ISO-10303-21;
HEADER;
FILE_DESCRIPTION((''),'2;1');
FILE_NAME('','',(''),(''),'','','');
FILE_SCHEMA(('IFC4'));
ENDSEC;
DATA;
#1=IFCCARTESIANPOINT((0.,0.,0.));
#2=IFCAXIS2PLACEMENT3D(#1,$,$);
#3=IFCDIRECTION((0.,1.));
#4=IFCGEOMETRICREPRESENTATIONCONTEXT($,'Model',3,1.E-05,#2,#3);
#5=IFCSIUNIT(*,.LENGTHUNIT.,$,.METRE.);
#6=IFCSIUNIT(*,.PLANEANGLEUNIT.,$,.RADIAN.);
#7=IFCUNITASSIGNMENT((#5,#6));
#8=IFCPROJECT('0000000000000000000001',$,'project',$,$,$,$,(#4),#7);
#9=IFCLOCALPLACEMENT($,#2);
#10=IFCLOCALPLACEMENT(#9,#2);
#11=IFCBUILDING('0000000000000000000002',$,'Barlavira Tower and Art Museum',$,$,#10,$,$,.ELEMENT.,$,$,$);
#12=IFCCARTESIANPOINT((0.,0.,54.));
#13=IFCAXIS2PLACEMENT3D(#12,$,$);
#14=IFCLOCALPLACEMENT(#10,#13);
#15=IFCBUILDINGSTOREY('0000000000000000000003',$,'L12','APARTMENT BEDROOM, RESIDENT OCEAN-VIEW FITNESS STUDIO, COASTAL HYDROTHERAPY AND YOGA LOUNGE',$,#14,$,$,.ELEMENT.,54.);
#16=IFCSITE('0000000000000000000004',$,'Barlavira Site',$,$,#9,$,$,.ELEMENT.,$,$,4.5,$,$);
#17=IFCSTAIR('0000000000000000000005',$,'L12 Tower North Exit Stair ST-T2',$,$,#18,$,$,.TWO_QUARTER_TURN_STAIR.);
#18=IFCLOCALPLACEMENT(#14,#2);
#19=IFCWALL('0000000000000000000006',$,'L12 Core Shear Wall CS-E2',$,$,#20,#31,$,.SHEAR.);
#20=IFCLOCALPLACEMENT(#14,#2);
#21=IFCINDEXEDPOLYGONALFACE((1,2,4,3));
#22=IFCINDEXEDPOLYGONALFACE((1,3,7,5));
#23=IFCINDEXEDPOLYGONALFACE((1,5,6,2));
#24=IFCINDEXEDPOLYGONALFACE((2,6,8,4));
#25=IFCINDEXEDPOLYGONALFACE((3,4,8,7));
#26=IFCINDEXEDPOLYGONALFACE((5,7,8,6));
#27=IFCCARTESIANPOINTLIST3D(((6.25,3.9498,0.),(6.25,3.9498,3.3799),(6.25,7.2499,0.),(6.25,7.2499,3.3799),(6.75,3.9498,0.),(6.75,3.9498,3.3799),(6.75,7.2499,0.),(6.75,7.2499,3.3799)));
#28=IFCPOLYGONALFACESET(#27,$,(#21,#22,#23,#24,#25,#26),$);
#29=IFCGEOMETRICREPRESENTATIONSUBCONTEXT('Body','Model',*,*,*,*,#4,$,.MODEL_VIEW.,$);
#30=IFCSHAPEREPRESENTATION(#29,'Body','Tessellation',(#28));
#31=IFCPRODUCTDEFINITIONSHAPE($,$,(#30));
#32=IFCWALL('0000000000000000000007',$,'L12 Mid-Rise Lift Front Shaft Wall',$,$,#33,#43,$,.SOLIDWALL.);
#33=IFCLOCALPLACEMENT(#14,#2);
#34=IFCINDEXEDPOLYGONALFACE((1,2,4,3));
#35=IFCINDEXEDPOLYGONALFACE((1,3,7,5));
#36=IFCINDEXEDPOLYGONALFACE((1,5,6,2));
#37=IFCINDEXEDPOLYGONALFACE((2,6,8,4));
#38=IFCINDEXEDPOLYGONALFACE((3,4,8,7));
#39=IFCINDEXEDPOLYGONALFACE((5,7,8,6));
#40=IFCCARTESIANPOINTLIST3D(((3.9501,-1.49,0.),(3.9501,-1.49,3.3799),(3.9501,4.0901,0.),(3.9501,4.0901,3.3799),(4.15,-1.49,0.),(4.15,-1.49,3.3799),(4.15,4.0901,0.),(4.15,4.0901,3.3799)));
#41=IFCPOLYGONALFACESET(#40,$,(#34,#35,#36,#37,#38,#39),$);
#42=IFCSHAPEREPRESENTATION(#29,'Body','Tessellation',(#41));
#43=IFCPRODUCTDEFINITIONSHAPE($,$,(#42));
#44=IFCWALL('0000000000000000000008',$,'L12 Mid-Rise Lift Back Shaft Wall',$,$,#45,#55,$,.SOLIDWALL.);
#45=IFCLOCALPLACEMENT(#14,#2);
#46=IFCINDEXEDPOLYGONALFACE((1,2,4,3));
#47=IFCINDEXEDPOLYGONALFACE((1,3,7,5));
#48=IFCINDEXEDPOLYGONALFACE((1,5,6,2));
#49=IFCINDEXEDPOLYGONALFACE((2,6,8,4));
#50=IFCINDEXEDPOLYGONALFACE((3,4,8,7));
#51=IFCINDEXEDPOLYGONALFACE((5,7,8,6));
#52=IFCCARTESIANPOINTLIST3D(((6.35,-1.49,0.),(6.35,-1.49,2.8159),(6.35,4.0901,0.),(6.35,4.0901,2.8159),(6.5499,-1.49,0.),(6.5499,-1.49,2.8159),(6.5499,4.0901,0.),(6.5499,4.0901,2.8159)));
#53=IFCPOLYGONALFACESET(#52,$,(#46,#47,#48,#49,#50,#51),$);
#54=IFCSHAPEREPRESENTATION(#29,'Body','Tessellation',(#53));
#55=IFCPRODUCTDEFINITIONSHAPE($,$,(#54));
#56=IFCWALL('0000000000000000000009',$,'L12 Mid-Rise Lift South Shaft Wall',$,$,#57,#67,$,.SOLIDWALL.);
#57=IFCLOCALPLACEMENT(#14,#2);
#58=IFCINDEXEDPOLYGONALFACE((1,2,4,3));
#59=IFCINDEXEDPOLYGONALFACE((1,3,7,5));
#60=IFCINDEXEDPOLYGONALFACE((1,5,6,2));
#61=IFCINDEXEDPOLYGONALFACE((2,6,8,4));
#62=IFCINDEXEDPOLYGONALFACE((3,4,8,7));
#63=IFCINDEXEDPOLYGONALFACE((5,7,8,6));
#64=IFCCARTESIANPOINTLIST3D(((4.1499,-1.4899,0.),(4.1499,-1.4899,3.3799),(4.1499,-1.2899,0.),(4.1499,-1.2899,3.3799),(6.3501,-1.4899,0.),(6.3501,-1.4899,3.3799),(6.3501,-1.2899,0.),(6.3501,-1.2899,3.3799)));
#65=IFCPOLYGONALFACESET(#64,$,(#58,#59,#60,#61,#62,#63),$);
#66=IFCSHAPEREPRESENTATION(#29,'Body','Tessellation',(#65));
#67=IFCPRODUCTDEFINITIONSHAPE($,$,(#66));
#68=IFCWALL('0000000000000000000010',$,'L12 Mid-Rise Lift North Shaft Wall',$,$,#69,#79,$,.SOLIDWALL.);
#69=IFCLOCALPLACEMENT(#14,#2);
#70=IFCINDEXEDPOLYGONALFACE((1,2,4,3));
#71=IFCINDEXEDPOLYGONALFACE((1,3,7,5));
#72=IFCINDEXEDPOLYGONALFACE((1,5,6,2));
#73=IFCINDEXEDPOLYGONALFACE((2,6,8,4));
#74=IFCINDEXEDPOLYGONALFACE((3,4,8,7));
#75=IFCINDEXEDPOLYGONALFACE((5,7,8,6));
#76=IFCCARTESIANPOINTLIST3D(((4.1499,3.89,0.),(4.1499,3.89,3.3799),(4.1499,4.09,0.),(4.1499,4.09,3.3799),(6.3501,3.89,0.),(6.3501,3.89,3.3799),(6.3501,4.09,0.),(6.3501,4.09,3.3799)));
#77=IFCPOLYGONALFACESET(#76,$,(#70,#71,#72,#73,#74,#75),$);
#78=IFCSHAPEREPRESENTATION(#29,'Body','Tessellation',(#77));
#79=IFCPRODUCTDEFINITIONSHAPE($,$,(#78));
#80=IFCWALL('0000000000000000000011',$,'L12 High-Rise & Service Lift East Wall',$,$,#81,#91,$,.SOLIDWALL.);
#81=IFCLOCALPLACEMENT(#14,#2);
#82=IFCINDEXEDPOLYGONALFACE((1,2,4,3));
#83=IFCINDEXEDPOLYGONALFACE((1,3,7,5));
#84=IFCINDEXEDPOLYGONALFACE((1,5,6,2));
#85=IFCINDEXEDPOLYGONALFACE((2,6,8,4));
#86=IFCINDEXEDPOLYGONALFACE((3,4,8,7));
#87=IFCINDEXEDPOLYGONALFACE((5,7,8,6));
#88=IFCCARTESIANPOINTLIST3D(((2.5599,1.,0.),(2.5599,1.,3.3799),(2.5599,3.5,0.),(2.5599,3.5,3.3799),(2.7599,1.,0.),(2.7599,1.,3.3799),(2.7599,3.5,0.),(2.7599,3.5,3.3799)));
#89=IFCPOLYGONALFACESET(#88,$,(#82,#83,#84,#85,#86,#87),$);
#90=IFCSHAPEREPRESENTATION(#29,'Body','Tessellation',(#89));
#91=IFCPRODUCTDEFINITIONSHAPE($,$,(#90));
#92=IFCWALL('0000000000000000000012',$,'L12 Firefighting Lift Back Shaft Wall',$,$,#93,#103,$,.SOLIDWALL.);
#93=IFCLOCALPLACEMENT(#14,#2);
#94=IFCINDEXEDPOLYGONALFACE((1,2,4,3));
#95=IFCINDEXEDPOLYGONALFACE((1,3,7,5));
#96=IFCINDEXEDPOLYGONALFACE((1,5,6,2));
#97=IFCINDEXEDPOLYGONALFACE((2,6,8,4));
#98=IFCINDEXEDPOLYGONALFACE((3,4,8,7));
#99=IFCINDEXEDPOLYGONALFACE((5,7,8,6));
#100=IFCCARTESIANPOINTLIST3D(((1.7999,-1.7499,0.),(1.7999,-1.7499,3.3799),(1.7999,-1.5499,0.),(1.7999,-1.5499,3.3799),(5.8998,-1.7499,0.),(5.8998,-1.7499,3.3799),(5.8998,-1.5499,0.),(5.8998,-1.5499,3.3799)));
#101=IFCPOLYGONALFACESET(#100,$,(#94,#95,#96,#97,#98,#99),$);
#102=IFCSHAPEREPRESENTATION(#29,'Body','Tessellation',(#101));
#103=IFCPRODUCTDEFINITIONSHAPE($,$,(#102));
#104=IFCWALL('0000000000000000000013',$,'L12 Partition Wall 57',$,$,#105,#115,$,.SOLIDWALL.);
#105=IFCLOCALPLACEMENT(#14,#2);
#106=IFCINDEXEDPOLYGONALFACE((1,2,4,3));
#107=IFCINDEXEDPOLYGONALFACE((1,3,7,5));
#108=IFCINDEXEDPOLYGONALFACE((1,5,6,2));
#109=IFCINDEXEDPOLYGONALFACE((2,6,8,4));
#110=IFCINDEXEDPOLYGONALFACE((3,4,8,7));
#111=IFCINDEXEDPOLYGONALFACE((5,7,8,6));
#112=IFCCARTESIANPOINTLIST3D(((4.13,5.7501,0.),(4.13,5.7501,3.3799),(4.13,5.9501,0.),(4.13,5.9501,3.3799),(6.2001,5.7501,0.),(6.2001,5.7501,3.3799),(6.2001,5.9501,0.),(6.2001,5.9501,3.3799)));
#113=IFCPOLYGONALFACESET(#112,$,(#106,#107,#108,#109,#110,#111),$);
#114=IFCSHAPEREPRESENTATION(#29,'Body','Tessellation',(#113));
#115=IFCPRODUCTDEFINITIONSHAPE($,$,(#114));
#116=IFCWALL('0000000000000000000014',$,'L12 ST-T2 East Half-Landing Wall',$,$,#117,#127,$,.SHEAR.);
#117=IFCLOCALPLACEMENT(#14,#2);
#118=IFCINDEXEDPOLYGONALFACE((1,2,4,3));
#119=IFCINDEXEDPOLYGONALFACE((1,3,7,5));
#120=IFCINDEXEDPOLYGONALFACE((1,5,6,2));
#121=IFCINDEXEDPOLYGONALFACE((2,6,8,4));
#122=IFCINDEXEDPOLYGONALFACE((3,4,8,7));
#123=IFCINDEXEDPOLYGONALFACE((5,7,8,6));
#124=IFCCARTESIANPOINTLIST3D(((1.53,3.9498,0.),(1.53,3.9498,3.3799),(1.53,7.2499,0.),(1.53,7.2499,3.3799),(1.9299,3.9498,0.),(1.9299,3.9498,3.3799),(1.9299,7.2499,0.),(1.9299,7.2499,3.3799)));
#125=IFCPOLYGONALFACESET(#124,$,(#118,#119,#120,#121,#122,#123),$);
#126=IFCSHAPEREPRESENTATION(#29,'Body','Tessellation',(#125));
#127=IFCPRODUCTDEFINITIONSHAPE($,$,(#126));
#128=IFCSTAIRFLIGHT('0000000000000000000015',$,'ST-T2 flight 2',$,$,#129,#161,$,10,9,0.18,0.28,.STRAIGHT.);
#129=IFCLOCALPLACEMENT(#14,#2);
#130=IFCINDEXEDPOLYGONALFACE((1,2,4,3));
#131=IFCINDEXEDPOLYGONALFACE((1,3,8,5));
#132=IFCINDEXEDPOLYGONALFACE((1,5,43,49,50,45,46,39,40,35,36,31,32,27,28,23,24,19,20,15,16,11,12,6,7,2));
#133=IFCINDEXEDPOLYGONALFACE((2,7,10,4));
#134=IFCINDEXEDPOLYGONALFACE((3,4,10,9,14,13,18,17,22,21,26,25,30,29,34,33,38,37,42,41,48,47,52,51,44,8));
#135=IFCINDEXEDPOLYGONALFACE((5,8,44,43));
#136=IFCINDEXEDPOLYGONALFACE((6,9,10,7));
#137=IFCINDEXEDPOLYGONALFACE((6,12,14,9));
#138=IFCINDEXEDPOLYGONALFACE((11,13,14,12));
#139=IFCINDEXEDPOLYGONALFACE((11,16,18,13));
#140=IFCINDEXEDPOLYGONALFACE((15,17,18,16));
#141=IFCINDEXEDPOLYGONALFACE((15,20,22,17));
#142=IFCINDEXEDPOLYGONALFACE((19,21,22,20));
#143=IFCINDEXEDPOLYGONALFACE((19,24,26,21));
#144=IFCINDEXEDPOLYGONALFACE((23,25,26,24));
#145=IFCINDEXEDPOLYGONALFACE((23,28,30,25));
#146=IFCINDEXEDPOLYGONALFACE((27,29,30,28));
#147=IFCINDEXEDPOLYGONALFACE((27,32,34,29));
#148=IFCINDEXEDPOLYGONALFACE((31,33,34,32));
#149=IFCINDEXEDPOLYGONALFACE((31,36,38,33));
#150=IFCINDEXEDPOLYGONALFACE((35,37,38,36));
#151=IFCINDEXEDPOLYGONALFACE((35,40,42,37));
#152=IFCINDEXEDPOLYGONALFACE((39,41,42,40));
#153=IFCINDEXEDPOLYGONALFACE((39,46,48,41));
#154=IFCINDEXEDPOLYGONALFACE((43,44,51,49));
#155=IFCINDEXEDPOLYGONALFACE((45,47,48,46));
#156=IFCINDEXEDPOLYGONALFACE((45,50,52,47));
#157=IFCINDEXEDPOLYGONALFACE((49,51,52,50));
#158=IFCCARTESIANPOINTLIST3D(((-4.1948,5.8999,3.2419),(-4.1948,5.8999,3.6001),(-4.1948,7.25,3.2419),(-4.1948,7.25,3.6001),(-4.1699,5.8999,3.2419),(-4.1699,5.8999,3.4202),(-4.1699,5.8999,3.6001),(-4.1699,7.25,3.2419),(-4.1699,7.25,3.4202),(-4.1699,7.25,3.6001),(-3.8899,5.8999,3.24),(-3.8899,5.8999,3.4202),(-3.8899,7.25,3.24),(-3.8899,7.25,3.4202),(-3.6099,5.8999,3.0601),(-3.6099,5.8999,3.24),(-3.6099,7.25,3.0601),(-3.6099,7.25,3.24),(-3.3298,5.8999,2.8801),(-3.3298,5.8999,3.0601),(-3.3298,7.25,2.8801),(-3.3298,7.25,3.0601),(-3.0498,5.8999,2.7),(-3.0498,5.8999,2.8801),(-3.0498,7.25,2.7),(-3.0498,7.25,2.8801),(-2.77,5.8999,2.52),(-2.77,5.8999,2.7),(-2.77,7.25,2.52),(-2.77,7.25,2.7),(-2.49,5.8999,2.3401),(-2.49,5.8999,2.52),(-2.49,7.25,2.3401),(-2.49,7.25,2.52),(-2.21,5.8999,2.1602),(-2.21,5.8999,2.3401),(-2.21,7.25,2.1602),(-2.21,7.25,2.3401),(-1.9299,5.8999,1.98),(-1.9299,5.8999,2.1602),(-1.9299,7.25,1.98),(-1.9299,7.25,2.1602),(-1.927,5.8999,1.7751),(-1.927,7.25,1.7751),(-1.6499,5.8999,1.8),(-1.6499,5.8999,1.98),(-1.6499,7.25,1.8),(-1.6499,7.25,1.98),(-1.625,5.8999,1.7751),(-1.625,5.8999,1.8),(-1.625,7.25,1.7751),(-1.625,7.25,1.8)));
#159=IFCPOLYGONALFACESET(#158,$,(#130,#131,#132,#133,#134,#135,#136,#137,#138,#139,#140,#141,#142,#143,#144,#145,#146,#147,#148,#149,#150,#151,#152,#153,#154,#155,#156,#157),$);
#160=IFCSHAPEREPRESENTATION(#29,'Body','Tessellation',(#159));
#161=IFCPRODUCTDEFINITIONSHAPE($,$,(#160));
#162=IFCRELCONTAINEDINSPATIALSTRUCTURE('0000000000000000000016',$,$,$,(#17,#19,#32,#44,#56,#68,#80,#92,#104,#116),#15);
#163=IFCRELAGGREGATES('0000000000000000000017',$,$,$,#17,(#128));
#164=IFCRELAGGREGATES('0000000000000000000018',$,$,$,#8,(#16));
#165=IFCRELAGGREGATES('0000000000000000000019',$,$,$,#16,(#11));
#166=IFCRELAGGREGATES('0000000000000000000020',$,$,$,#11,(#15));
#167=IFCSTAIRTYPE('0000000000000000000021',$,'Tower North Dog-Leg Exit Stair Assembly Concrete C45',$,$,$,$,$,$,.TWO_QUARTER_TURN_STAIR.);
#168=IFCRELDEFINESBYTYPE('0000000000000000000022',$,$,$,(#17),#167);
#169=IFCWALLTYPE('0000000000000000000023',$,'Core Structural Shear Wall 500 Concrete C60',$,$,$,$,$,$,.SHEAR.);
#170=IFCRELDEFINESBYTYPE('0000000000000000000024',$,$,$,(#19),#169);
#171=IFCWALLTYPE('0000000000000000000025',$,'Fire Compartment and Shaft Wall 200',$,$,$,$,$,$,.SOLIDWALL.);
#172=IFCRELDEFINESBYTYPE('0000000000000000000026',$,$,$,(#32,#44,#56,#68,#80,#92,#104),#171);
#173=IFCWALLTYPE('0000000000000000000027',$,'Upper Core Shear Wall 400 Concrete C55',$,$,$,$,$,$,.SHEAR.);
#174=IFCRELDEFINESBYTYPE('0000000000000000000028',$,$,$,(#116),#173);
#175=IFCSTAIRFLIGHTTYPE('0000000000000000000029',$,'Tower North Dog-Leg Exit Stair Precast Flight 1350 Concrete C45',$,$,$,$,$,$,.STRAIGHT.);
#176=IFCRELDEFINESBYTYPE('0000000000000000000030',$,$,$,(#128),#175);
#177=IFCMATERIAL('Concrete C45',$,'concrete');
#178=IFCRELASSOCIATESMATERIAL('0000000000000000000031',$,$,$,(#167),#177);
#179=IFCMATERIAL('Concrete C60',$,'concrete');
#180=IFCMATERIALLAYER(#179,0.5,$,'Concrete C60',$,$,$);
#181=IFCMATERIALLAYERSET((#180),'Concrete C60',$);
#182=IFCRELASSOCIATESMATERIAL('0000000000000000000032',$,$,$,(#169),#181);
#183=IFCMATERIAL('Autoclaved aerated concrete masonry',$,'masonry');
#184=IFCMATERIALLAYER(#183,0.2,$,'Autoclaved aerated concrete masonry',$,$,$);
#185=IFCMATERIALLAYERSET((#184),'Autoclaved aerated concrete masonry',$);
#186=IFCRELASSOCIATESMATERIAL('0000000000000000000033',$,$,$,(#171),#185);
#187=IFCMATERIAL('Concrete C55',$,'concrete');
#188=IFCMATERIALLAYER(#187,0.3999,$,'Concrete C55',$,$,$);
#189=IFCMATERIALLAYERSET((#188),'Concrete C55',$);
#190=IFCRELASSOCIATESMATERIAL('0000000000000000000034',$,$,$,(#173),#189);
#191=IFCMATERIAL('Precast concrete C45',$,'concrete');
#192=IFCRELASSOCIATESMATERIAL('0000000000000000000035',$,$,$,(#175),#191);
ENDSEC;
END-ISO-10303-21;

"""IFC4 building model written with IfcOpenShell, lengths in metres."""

from ifc_helpers import new_model, si_unit, direction, frame, frame_2d, origin, place, context, subcontext, project, spatial, polyline, rectangle, outline, extrude, material, layer, layer_set, type_object, element, aggregate, save


model = new_model("IFC4")

# Units and contexts
model_context = context("Model", 3, precision=1e-05, world=origin(), true_north=direction((0.0, 1.0)))
body_context = subcontext(model_context, "Body", "Model", "MODEL_VIEW")
ifc_project = project(units=[si_unit("LENGTHUNIT", "METRE"), si_unit("PLANEANGLEUNIT", "RADIAN")], contexts=[model_context])

# Site, building, storey
site_placement = place(None, origin())
site = spatial("IfcSite", under=ifc_project, at=site_placement, Name="Barlavira Site", CompositionType="ELEMENT", RefElevation=4.5)
building_placement = place(site_placement, origin())
building = spatial("IfcBuilding", under=site, at=building_placement, Name="Barlavira Tower and Art Museum", CompositionType="ELEMENT")
storey_placement = place(building_placement, frame((0.0, 0.0, 54.0)))
storey = spatial("IfcBuildingStorey", under=building, at=storey_placement, Name="L12", Description="APARTMENT BEDROOM, RESIDENT OCEAN-VIEW FITNESS STUDIO, COASTAL HYDROTHERAPY AND YOGA LOUNGE", CompositionType="ELEMENT", Elevation=54.0)

# Stair
ifc_material_1 = material(Name="Concrete C45", Category="concrete")
stair_type_1 = type_object("IfcStairType", Name="Tower North Dog-Leg Exit Stair Assembly Concrete C45", PredefinedType="TWO_QUARTER_TURN_STAIR", material=ifc_material_1)
stair_1_placement = place(storey_placement, origin())
stair_1 = element("IfcStair", 1, at=stair_1_placement, inside=storey, type_object=stair_type_1, Name="L12 Tower North Exit Stair ST-T2", PredefinedType="TWO_QUARTER_TURN_STAIR")

# Walls
ifc_material_2 = material(Name="Concrete C60", Category="concrete")
ifc_layer_1 = layer(ifc_material_2, 0.5, Name="Concrete C60")
ifc_layer_set_1 = layer_set([ifc_layer_1], Name="Concrete C60")
wall_type_1 = type_object("IfcWallType", Name="Core Structural Shear Wall 500 Concrete C60", PredefinedType="SHEAR", material=ifc_layer_set_1)
wall_1_placement = place(storey_placement, frame((6.5, 3.95, 0.0), z_axis=(0.0, 0.0, 1.0), x_axis=(0.0, 1.0, 0.0)))
element("IfcWall", 2, at=wall_1_placement, inside=storey, type_object=wall_type_1, Name="L12 Core Shear Wall CS-E2", PredefinedType="SHEAR", context=body_context, shape_type="SweptSolid", body=[
    extrude(rectangle(XDim=3.3, YDim=0.5, at=frame_2d((1.6499, 0.0))), origin(), (0.0, 0.0, 1.0), 3.3799),
])
ifc_material_3 = material(Name="Autoclaved aerated concrete masonry", Category="masonry")
ifc_layer_2 = layer(ifc_material_3, 0.2, Name="Autoclaved aerated concrete masonry")
ifc_layer_set_2 = layer_set([ifc_layer_2], Name="Autoclaved aerated concrete masonry")
wall_type_2 = type_object("IfcWallType", Name="Fire Compartment and Shaft Wall 200", PredefinedType="SOLIDWALL", material=ifc_layer_set_2)
wall_2_placement = place(storey_placement, frame((4.05, -1.49, 0.0), z_axis=(0.0, 0.0, 1.0), x_axis=(0.0, 1.0, 0.0)))
element("IfcWall", 3, at=wall_2_placement, inside=storey, type_object=wall_type_2, Name="L12 Mid-Rise Lift Front Shaft Wall", PredefinedType="SOLIDWALL", context=body_context, shape_type="SweptSolid", body=[
    extrude(rectangle(XDim=5.5801, YDim=0.2, at=frame_2d((2.79, 0.0))), origin(), (0.0, 0.0, 1.0), 3.3799),
])
wall_3_placement = place(storey_placement, frame((6.45, -1.49, 0.0), z_axis=(0.0, 0.0, 1.0), x_axis=(0.0, 1.0, 0.0)))
element("IfcWall", 4, at=wall_3_placement, inside=storey, type_object=wall_type_2, Name="L12 Mid-Rise Lift Back Shaft Wall", PredefinedType="SOLIDWALL", context=body_context, shape_type="SweptSolid", body=[
    extrude(rectangle(XDim=5.5801, YDim=0.2, at=frame_2d((2.79, 0.0))), origin(), (0.0, 0.0, 1.0), 2.8159),
])
for number, where, z_axis, x_axis, name in (
    (5, (4.1499, -1.3899, 0.0), (0.0, 0.0, 1.0), (1.0, 0.0, 0.0), "L12 Mid-Rise Lift South Shaft Wall"),
    (6, (4.1499, 3.99, 0.0), (0.0, 0.0, 1.0), (1.0, 0.0, 0.0), "L12 Mid-Rise Lift North Shaft Wall"),
):
    element("IfcWall", number, at=place(storey_placement, frame(where, z_axis=z_axis, x_axis=x_axis)), inside=storey, type_object=wall_type_2, Name=name, PredefinedType="SOLIDWALL", context=body_context, shape_type="SweptSolid", body=[
        extrude(rectangle(XDim=2.2002, YDim=0.2, at=frame_2d((1.1001, 0.0))), origin(), (0.0, 0.0, 1.0), 3.3799),
    ])
wall_4_placement = place(storey_placement, frame((2.6599, 1.0, 0.0), z_axis=(0.0, 0.0, 1.0), x_axis=(0.0, 1.0, 0.0)))
element("IfcWall", 7, at=wall_4_placement, inside=storey, type_object=wall_type_2, Name="L12 High-Rise & Service Lift East Wall", PredefinedType="SOLIDWALL", context=body_context, shape_type="SweptSolid", body=[
    extrude(rectangle(XDim=2.5, YDim=0.2, at=frame_2d((1.25, 0.0))), origin(), (0.0, 0.0, 1.0), 3.3799),
])
wall_5_placement = place(storey_placement, frame((1.8, -1.6499, 0.0), z_axis=(0.0, 0.0, 1.0), x_axis=(1.0, 0.0, 0.0)))
element("IfcWall", 8, at=wall_5_placement, inside=storey, type_object=wall_type_2, Name="L12 Firefighting Lift Back Shaft Wall", PredefinedType="SOLIDWALL", context=body_context, shape_type="SweptSolid", body=[
    extrude(rectangle(XDim=4.0999, YDim=0.2, at=frame_2d((2.0498, 0.0))), origin(), (0.0, 0.0, 1.0), 3.3799),
])

# Walls
wall_6_placement = place(storey_placement, frame((4.1299, 5.8501, 0.0), z_axis=(0.0, 0.0, 1.0), x_axis=(1.0, 0.0, 0.0)))
element("IfcWall", 9, at=wall_6_placement, inside=storey, type_object=wall_type_2, Name="L12 Partition Wall 57", PredefinedType="SOLIDWALL", context=body_context, shape_type="SweptSolid", body=[
    extrude(rectangle(XDim=2.0701, YDim=0.2, at=frame_2d((1.0352, 0.0))), origin(), (0.0, 0.0, 1.0), 3.3799),
])
ifc_material_4 = material(Name="Concrete C55", Category="concrete")
ifc_layer_3 = layer(ifc_material_4, 0.3999, Name="Concrete C55")
ifc_layer_set_3 = layer_set([ifc_layer_3], Name="Concrete C55")
wall_type_3 = type_object("IfcWallType", Name="Upper Core Shear Wall 400 Concrete C55", PredefinedType="SHEAR", material=ifc_layer_set_3)
wall_7_placement = place(storey_placement, frame((1.73, 3.95, 0.0), z_axis=(0.0, 0.0, 1.0), x_axis=(0.0, 1.0, 0.0)))
element("IfcWall", 10, at=wall_7_placement, inside=storey, type_object=wall_type_3, Name="L12 ST-T2 East Half-Landing Wall", PredefinedType="SHEAR", context=body_context, shape_type="SweptSolid", body=[
    extrude(rectangle(XDim=3.3, YDim=0.3999, at=frame_2d((1.6499, 0.0))), origin(), (0.0, 0.0, 1.0), 3.3799),
])

# Stair flight
ifc_material_5 = material(Name="Precast concrete C45", Category="concrete")
stair_flight_type = type_object("IfcStairFlightType", Name="Tower North Dog-Leg Exit Stair Precast Flight 1350 Concrete C45", PredefinedType="STRAIGHT", material=ifc_material_5)
stair_flight_placement = place(storey_placement, frame((-1.6499, 6.575, 1.8), z_axis=(0.0, 0.0, 1.0), x_axis=(-1.0, 0.0, 0.0)))
stair_flight = element("IfcStairFlight", 11, at=stair_flight_placement, type_object=stair_flight_type, Name="ST-T2 flight 2", NumberOfRisers=10, NumberOfTreads=9, PredefinedType="STRAIGHT", RiserHeight=0.18, TreadLength=0.28, context=body_context, shape_type="SweptSolid", body=[
    extrude(outline(polyline([(-0.0249, 0.0), (0.0, 0.0), (0.0, 0.1799), (0.28, 0.1799), (0.28, 0.3601), (0.5601, 0.3601), (0.5601, 0.54), (0.8401, 0.54), (0.8401, 0.72), (1.1201, 0.72), (1.1201, 0.8999), (1.3999, 0.8999), (1.3999, 1.0801), (1.6799, 1.0801), (1.6799, 1.26), (1.96, 1.26), (1.96, 1.4399), (2.24, 1.4399), (2.24, 1.6201), (2.52, 1.6201), (2.52, 1.8), (2.5449, 1.8), (2.5449, 1.4419), (2.52, 1.4419), (0.2771, -0.0249), (-0.0249, -0.0249), (-0.0249, 0.0)])), frame((0.0, 0.675, 0.0), z_axis=(0.0, -1.0, 0.0), x_axis=(1.0, 0.0, 0.0)), (0.0, 0.0, 1.0), 1.3501),
])
aggregate(stair_1, [stair_flight])

save(model, "model.ifc")
